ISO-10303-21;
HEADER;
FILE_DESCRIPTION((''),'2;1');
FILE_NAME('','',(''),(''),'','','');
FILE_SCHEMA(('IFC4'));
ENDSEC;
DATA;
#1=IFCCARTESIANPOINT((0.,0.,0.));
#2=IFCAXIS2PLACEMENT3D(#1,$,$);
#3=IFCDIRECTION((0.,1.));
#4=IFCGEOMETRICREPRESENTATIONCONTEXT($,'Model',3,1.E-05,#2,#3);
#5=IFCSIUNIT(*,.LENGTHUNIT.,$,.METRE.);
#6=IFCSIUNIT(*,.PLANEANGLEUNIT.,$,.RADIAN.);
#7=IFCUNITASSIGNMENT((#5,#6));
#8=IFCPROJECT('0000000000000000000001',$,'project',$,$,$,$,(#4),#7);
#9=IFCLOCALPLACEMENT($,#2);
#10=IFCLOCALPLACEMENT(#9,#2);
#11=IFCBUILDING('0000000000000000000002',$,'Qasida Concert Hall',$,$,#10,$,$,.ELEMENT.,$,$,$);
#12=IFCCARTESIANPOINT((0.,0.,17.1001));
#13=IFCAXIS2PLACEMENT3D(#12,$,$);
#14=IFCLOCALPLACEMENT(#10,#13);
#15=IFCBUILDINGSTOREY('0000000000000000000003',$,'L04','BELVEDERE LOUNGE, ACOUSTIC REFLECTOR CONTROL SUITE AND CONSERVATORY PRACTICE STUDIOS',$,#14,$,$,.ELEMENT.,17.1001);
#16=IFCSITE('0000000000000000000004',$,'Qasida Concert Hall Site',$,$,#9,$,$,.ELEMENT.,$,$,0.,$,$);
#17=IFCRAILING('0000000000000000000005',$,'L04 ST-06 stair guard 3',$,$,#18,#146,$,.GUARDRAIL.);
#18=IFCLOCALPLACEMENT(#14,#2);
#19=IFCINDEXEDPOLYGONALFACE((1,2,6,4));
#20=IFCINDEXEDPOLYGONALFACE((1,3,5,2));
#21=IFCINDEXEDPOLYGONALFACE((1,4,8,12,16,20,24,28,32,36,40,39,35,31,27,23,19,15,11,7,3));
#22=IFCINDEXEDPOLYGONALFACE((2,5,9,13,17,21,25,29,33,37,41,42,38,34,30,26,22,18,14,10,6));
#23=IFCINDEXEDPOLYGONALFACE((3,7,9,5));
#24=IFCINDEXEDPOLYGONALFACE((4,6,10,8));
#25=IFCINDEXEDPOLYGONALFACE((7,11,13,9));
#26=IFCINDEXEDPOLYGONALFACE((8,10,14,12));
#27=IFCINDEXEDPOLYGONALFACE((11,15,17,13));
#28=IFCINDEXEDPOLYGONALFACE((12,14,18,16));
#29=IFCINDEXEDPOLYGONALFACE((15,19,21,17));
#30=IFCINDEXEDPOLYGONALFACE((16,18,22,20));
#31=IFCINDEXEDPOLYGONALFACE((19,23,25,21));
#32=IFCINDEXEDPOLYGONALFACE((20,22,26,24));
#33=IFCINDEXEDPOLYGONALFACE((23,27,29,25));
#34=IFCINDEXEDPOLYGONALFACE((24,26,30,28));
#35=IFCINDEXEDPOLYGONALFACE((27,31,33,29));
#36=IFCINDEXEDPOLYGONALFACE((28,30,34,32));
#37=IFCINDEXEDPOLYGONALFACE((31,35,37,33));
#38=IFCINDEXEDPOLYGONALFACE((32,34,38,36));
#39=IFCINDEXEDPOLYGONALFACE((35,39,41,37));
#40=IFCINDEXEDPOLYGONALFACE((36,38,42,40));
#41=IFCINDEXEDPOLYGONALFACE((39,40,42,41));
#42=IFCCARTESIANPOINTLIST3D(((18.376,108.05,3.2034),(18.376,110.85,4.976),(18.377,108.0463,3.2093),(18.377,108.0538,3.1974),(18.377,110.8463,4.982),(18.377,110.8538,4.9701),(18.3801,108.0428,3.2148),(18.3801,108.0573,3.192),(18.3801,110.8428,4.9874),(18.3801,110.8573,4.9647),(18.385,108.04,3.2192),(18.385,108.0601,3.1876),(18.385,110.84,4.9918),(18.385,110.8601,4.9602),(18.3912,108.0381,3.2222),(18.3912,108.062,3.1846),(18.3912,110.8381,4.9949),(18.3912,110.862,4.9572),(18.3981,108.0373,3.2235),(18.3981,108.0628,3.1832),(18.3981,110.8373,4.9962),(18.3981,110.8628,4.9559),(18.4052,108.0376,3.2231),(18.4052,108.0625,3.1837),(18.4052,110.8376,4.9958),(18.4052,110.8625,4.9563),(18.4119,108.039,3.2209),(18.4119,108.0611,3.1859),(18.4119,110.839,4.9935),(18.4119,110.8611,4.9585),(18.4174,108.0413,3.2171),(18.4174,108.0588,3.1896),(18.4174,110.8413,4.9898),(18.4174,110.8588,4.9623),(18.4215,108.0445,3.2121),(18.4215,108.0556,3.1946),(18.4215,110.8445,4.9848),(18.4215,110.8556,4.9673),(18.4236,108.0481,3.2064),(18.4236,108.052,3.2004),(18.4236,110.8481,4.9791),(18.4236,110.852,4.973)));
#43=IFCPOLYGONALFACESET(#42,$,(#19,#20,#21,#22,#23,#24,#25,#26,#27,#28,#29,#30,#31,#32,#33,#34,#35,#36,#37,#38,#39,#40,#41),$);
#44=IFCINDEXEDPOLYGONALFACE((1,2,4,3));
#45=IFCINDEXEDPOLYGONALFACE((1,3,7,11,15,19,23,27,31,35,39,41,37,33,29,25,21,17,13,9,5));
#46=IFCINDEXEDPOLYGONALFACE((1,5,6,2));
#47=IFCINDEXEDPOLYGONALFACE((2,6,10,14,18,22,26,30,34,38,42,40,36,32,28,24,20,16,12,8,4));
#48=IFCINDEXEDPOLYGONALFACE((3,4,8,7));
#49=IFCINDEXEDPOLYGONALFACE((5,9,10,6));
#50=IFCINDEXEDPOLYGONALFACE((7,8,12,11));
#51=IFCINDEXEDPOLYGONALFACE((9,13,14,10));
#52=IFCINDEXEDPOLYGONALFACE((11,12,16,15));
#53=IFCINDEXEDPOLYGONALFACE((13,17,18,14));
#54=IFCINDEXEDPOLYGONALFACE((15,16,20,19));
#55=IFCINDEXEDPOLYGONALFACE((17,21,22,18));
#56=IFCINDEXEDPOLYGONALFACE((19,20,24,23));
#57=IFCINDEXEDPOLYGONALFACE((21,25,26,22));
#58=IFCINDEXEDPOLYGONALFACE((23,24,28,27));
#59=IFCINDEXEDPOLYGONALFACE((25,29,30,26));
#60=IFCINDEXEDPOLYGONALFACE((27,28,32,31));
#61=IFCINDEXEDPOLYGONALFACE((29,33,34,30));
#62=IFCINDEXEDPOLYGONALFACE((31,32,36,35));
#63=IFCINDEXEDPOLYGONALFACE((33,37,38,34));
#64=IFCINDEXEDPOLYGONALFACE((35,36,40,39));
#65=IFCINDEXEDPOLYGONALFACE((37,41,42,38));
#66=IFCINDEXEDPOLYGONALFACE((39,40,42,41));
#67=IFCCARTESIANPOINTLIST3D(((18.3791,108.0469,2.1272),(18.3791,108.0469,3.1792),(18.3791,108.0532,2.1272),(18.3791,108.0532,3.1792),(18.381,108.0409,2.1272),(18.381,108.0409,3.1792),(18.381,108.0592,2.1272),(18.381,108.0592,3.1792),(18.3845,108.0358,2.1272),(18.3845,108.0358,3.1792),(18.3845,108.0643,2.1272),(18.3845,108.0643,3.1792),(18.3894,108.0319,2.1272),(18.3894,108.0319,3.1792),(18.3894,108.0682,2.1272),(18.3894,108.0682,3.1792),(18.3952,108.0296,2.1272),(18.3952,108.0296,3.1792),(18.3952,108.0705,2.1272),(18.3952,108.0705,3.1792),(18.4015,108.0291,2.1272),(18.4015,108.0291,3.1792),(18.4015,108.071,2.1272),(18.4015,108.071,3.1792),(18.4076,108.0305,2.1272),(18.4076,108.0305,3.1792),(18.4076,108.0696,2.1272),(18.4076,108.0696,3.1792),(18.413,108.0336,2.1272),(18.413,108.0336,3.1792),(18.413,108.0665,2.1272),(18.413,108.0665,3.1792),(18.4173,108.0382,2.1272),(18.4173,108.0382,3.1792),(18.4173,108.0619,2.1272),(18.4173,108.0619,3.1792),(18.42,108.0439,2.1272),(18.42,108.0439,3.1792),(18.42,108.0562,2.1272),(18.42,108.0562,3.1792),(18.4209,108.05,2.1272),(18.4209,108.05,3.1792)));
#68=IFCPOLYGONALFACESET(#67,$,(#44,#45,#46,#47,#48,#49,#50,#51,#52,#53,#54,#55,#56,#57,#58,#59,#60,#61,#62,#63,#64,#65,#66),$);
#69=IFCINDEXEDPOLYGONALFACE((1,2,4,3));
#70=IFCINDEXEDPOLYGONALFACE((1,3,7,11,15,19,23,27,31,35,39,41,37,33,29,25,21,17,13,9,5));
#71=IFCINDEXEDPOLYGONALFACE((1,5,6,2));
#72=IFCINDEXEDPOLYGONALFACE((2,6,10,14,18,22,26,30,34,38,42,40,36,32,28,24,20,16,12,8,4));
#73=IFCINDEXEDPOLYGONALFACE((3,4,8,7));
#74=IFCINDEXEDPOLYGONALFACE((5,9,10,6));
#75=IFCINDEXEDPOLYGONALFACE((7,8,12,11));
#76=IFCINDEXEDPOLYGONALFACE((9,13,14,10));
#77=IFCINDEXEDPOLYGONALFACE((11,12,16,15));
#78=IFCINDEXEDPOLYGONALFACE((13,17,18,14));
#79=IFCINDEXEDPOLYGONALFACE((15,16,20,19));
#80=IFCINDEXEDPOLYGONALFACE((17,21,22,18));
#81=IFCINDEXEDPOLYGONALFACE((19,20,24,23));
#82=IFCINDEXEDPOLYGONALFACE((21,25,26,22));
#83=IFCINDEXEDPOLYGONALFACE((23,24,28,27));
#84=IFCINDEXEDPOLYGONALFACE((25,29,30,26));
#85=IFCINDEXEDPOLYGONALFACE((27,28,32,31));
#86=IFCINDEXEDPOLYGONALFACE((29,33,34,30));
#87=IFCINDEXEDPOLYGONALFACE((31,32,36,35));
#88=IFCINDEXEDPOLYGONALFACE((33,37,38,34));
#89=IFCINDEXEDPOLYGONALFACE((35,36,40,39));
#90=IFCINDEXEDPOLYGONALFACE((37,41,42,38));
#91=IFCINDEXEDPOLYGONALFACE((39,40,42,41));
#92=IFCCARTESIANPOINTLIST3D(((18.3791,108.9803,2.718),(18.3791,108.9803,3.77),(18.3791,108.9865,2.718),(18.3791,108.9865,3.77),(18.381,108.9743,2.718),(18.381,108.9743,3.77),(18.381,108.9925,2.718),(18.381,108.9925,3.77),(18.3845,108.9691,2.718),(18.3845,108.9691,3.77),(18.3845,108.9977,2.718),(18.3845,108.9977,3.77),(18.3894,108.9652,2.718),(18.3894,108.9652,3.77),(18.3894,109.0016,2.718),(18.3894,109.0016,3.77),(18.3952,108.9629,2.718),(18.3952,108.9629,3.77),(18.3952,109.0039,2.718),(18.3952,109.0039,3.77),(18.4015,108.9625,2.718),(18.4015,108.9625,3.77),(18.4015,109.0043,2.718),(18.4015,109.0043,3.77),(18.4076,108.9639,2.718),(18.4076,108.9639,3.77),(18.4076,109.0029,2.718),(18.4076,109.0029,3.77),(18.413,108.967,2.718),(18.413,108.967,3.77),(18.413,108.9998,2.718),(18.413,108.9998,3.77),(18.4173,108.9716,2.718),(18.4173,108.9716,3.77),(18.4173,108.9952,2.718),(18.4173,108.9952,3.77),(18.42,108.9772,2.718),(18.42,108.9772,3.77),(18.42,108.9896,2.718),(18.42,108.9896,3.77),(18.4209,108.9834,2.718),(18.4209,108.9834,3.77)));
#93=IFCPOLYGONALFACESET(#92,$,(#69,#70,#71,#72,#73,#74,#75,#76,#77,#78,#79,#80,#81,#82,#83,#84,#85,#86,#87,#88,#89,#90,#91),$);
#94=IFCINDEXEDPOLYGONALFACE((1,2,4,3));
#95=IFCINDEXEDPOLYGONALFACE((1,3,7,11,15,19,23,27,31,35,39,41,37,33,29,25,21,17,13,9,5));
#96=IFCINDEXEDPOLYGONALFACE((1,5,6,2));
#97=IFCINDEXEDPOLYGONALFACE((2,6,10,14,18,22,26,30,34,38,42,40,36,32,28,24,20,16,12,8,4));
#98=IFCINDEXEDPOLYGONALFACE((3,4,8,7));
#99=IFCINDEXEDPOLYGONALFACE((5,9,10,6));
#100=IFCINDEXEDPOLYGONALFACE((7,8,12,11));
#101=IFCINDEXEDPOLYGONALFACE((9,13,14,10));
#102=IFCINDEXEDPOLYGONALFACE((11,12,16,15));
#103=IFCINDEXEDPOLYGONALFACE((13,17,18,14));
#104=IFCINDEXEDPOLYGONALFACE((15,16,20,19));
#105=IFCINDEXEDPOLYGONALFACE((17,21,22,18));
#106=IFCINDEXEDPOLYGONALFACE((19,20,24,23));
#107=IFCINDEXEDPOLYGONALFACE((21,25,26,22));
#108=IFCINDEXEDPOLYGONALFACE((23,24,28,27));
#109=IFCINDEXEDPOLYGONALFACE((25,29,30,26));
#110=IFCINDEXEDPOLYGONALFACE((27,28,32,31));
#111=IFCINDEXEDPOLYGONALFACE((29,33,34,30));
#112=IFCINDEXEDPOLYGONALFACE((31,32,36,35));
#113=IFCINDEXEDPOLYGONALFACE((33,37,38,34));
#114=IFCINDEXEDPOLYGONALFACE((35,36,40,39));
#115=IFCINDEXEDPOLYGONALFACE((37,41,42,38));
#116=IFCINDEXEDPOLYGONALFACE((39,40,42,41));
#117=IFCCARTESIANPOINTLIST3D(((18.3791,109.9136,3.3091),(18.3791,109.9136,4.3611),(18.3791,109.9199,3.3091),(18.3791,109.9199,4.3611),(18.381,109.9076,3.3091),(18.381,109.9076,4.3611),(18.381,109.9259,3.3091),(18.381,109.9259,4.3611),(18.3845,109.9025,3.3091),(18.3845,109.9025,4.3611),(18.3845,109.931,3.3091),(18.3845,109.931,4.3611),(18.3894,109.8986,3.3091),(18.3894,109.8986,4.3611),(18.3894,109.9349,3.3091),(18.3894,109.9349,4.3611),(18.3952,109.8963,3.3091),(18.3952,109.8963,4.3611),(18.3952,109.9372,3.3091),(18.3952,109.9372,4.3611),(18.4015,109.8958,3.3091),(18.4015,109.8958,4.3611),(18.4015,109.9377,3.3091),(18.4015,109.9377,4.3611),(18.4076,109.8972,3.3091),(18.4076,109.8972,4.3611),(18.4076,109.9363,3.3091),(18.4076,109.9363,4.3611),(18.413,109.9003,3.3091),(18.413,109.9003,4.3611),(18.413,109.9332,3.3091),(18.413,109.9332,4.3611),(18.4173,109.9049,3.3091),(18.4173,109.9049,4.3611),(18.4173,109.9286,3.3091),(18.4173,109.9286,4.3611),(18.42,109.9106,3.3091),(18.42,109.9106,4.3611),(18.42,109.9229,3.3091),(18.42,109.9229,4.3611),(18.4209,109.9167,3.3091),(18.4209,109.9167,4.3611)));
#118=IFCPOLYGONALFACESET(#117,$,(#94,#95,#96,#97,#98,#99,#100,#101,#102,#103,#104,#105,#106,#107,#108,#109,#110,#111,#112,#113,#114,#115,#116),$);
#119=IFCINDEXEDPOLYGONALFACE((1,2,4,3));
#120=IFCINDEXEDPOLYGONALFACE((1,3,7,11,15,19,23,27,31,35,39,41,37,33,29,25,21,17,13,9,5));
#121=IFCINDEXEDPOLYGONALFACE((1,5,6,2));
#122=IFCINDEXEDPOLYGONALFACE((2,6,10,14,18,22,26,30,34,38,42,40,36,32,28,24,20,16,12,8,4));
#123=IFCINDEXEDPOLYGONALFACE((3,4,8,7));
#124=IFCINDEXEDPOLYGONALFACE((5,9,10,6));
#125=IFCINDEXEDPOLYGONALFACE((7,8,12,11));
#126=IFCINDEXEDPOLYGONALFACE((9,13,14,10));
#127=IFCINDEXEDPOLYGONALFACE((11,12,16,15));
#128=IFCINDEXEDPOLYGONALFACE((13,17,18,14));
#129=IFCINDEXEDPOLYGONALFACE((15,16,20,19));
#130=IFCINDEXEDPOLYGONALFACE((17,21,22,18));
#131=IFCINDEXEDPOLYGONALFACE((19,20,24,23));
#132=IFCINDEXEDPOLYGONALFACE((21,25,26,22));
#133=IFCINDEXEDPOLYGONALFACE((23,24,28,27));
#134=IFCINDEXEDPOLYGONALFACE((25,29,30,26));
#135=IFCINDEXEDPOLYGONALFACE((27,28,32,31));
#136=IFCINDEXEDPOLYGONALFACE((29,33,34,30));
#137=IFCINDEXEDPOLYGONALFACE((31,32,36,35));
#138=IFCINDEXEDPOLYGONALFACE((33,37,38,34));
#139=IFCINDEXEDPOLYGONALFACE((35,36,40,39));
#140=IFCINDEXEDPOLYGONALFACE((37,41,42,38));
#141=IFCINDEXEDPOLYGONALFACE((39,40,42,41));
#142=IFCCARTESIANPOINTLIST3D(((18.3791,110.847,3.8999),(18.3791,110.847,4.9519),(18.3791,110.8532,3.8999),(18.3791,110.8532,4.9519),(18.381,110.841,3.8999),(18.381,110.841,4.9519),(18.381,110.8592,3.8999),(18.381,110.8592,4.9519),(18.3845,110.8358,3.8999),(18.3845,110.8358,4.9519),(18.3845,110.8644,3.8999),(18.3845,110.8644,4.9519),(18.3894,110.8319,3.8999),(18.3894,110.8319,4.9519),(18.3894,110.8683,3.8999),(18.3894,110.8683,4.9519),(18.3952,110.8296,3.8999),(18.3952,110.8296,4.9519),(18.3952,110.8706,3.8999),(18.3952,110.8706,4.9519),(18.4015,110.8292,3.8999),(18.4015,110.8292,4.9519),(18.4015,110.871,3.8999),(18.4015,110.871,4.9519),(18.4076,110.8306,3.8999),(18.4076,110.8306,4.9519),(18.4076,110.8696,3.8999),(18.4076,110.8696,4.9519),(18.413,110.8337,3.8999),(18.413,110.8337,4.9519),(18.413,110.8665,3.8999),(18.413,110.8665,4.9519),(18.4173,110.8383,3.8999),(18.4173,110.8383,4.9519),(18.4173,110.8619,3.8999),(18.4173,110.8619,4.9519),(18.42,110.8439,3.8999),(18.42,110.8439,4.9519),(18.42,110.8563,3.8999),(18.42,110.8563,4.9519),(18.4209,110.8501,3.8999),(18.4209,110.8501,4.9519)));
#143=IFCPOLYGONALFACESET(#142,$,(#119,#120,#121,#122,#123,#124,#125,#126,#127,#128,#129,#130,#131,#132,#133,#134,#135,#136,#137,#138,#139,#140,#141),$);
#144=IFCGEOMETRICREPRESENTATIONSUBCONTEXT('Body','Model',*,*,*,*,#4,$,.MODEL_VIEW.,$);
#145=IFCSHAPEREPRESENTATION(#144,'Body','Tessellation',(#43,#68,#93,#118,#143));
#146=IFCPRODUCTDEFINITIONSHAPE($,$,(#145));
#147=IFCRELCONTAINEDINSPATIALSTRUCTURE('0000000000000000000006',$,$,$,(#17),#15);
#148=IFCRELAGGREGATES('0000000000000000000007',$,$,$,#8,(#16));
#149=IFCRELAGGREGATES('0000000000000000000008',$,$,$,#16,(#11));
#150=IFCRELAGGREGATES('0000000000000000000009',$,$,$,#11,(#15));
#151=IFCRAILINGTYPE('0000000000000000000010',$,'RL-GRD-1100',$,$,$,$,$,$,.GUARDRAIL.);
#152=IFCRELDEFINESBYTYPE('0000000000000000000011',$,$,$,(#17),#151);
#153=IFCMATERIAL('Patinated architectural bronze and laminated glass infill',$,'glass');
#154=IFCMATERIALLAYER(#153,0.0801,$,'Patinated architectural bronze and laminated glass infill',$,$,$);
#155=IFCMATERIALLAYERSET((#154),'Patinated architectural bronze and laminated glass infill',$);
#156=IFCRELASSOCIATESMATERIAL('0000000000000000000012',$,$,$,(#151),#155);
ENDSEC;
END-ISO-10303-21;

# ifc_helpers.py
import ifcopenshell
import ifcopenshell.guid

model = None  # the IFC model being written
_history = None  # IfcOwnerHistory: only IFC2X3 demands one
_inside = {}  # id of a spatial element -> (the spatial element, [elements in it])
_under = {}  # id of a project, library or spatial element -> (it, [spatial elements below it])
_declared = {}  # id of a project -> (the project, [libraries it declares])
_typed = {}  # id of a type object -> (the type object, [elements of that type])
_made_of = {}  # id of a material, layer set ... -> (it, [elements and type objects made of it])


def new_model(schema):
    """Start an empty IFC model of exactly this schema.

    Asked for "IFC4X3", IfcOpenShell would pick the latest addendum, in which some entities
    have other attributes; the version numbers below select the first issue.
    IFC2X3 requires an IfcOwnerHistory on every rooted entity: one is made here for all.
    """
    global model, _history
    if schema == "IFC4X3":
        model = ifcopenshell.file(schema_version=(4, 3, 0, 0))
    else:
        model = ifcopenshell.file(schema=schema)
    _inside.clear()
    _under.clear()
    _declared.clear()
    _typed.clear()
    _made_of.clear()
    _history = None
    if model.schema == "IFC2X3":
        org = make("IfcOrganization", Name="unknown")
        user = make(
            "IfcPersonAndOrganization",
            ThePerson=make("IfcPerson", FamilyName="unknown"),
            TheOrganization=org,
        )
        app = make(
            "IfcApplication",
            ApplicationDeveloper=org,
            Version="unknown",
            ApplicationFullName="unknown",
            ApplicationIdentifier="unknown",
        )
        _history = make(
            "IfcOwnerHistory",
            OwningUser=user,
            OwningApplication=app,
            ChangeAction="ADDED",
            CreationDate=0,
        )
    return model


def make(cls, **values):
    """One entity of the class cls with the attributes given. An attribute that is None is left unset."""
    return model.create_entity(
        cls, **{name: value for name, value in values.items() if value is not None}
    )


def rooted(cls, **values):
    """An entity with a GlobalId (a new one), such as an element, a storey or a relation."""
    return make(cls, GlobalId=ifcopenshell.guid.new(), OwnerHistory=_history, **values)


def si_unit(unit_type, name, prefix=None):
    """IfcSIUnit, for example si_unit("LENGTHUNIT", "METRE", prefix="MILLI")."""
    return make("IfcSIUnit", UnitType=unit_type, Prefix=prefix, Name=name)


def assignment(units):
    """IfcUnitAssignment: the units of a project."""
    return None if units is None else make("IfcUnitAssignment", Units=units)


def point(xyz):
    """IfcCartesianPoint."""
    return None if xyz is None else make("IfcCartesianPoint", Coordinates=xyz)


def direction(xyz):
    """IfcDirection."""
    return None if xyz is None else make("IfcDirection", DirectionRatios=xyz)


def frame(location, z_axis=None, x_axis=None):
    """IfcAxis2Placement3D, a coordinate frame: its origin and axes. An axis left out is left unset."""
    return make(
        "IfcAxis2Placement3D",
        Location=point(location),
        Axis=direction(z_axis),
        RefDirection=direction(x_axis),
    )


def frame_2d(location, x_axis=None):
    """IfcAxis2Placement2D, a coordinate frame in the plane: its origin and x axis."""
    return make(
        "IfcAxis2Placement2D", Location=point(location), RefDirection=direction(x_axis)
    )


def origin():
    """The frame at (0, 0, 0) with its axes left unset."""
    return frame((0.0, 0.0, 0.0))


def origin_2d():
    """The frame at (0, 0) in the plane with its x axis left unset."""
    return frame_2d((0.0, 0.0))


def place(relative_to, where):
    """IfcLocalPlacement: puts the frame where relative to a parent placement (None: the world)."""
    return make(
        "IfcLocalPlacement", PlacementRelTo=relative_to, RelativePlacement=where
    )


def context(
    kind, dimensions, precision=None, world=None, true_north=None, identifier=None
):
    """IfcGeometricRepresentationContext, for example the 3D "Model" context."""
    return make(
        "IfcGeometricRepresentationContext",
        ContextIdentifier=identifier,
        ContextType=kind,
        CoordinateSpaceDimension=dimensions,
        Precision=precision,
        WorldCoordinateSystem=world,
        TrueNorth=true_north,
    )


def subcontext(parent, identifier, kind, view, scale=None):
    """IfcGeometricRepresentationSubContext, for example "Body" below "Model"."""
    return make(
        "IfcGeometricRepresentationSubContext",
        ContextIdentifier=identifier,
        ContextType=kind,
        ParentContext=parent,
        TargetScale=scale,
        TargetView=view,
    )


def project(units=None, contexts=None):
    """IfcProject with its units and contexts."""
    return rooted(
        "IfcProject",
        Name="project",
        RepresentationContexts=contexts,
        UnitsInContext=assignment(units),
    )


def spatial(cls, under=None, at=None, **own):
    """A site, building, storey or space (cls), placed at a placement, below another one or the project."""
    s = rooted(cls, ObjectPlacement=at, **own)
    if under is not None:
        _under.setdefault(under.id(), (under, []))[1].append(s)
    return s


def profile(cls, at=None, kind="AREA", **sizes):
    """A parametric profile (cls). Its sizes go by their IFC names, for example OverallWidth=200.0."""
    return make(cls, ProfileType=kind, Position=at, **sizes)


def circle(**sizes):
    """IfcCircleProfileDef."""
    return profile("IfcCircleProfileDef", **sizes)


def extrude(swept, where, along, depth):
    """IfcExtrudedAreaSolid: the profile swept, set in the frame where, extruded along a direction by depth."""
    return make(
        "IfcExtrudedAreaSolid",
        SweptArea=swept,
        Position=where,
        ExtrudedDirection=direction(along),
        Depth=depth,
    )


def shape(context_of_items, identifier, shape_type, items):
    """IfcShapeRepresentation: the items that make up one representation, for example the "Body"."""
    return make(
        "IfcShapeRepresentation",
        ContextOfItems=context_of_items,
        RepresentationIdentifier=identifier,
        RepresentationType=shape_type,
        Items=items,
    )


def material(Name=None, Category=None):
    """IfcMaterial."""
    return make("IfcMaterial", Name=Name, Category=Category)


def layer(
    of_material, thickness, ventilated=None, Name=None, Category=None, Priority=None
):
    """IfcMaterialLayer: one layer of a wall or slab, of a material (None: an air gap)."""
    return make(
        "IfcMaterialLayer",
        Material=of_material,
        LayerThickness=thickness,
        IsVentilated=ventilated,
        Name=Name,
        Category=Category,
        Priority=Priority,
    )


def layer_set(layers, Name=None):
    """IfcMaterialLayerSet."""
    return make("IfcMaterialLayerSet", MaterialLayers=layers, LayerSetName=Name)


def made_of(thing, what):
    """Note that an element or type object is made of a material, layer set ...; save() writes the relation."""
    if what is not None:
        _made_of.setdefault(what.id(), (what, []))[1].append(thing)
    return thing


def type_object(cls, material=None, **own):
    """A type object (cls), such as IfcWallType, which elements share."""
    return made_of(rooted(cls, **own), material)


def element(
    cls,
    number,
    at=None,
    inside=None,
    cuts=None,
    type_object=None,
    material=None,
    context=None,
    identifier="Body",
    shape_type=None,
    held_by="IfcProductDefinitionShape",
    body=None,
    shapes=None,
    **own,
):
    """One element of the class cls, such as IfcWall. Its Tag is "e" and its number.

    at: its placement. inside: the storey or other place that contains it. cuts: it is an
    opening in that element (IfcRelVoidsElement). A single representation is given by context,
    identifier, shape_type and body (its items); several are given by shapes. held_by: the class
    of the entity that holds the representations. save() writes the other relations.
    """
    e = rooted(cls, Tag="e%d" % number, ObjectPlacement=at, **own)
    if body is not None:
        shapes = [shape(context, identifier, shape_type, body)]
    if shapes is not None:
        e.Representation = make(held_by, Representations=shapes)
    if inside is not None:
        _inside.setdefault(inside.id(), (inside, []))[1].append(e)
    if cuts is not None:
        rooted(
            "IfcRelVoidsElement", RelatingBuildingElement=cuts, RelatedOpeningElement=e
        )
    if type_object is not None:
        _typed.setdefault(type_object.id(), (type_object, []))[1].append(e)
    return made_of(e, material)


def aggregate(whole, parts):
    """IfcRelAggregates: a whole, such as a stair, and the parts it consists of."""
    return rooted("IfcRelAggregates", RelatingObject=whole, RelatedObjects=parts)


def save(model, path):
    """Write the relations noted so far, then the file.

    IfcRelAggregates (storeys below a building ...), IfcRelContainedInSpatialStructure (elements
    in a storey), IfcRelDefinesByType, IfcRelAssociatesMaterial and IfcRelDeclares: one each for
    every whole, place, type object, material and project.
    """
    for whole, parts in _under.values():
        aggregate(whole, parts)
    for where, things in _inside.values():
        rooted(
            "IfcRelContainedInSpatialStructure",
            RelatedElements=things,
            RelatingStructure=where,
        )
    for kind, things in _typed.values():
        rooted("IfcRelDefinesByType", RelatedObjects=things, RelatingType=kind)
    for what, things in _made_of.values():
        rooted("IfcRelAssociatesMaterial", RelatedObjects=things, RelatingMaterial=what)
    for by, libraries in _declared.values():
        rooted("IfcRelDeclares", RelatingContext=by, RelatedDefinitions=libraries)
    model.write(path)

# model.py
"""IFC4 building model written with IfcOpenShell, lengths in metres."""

from ifc_helpers import new_model, si_unit, direction, frame, origin, origin_2d, place, context, subcontext, project, spatial, circle, extrude, material, layer, layer_set, type_object, element, save


model = new_model("IFC4")

# Units and contexts
model_context = context("Model", 3, precision=1e-05, world=origin(), true_north=direction((0.0, 1.0)))
body_context = subcontext(model_context, "Body", "Model", "MODEL_VIEW")
ifc_project = project(units=[si_unit("LENGTHUNIT", "METRE"), si_unit("PLANEANGLEUNIT", "RADIAN")], contexts=[model_context])

# Site, building, storey
site_placement = place(None, origin())
site = spatial("IfcSite", under=ifc_project, at=site_placement, Name="Qasida Concert Hall Site", CompositionType="ELEMENT", RefElevation=0.0)
building_placement = place(site_placement, origin())
building = spatial("IfcBuilding", under=site, at=building_placement, Name="Qasida Concert Hall", CompositionType="ELEMENT")
storey_placement = place(building_placement, frame((0.0, 0.0, 17.1001)))
storey = spatial("IfcBuildingStorey", under=building, at=storey_placement, Name="L04", Description="BELVEDERE LOUNGE, ACOUSTIC REFLECTOR CONTROL SUITE AND CONSERVATORY PRACTICE STUDIOS", CompositionType="ELEMENT", Elevation=17.1001)

# Railing
ifc_material_1 = material(Name="Patinated architectural bronze and laminated glass infill", Category="glass")
ifc_layer_1 = layer(ifc_material_1, 0.0801, Name="Patinated architectural bronze and laminated glass infill")
ifc_layer_set_1 = layer_set([ifc_layer_1], Name="Patinated architectural bronze and laminated glass infill")
railing_type_1 = type_object("IfcRailingType", Name="RL-GRD-1100", PredefinedType="GUARDRAIL", material=ifc_layer_set_1)
railing_1_placement = place(storey_placement, frame((18.3999, 108.05, 2.1272)))
element("IfcRailing", 1, at=railing_1_placement, inside=storey, type_object=railing_type_1, Name="L04 ST-06 stair guard 3", PredefinedType="GUARDRAIL", context=body_context, shape_type="SweptSolid", body=[
    extrude(circle(Radius=0.0239, at=origin_2d()), frame((0.0, 0.0, 1.0762), z_axis=(0.0, 0.844909, 0.53491), x_axis=(-1.0, 0.0, 0.0)), (0.0, 0.0, 1.0), 3.314),
    extrude(circle(Radius=0.021, at=origin_2d()), origin(), (0.0, 0.0, 1.0), 1.052),
    extrude(circle(Radius=0.021, at=origin_2d()), frame((0.0, 0.9333, 0.5908)), (0.0, 0.0, 1.0), 1.052),
    extrude(circle(Radius=0.021, at=origin_2d()), frame((0.0, 1.8667, 1.1819)), (0.0, 0.0, 1.0), 1.052),
    extrude(circle(Radius=0.021, at=origin_2d()), frame((0.0, 2.8, 1.7727)), (0.0, 0.0, 1.0), 1.052),
])

save(model, "model.ifc")
